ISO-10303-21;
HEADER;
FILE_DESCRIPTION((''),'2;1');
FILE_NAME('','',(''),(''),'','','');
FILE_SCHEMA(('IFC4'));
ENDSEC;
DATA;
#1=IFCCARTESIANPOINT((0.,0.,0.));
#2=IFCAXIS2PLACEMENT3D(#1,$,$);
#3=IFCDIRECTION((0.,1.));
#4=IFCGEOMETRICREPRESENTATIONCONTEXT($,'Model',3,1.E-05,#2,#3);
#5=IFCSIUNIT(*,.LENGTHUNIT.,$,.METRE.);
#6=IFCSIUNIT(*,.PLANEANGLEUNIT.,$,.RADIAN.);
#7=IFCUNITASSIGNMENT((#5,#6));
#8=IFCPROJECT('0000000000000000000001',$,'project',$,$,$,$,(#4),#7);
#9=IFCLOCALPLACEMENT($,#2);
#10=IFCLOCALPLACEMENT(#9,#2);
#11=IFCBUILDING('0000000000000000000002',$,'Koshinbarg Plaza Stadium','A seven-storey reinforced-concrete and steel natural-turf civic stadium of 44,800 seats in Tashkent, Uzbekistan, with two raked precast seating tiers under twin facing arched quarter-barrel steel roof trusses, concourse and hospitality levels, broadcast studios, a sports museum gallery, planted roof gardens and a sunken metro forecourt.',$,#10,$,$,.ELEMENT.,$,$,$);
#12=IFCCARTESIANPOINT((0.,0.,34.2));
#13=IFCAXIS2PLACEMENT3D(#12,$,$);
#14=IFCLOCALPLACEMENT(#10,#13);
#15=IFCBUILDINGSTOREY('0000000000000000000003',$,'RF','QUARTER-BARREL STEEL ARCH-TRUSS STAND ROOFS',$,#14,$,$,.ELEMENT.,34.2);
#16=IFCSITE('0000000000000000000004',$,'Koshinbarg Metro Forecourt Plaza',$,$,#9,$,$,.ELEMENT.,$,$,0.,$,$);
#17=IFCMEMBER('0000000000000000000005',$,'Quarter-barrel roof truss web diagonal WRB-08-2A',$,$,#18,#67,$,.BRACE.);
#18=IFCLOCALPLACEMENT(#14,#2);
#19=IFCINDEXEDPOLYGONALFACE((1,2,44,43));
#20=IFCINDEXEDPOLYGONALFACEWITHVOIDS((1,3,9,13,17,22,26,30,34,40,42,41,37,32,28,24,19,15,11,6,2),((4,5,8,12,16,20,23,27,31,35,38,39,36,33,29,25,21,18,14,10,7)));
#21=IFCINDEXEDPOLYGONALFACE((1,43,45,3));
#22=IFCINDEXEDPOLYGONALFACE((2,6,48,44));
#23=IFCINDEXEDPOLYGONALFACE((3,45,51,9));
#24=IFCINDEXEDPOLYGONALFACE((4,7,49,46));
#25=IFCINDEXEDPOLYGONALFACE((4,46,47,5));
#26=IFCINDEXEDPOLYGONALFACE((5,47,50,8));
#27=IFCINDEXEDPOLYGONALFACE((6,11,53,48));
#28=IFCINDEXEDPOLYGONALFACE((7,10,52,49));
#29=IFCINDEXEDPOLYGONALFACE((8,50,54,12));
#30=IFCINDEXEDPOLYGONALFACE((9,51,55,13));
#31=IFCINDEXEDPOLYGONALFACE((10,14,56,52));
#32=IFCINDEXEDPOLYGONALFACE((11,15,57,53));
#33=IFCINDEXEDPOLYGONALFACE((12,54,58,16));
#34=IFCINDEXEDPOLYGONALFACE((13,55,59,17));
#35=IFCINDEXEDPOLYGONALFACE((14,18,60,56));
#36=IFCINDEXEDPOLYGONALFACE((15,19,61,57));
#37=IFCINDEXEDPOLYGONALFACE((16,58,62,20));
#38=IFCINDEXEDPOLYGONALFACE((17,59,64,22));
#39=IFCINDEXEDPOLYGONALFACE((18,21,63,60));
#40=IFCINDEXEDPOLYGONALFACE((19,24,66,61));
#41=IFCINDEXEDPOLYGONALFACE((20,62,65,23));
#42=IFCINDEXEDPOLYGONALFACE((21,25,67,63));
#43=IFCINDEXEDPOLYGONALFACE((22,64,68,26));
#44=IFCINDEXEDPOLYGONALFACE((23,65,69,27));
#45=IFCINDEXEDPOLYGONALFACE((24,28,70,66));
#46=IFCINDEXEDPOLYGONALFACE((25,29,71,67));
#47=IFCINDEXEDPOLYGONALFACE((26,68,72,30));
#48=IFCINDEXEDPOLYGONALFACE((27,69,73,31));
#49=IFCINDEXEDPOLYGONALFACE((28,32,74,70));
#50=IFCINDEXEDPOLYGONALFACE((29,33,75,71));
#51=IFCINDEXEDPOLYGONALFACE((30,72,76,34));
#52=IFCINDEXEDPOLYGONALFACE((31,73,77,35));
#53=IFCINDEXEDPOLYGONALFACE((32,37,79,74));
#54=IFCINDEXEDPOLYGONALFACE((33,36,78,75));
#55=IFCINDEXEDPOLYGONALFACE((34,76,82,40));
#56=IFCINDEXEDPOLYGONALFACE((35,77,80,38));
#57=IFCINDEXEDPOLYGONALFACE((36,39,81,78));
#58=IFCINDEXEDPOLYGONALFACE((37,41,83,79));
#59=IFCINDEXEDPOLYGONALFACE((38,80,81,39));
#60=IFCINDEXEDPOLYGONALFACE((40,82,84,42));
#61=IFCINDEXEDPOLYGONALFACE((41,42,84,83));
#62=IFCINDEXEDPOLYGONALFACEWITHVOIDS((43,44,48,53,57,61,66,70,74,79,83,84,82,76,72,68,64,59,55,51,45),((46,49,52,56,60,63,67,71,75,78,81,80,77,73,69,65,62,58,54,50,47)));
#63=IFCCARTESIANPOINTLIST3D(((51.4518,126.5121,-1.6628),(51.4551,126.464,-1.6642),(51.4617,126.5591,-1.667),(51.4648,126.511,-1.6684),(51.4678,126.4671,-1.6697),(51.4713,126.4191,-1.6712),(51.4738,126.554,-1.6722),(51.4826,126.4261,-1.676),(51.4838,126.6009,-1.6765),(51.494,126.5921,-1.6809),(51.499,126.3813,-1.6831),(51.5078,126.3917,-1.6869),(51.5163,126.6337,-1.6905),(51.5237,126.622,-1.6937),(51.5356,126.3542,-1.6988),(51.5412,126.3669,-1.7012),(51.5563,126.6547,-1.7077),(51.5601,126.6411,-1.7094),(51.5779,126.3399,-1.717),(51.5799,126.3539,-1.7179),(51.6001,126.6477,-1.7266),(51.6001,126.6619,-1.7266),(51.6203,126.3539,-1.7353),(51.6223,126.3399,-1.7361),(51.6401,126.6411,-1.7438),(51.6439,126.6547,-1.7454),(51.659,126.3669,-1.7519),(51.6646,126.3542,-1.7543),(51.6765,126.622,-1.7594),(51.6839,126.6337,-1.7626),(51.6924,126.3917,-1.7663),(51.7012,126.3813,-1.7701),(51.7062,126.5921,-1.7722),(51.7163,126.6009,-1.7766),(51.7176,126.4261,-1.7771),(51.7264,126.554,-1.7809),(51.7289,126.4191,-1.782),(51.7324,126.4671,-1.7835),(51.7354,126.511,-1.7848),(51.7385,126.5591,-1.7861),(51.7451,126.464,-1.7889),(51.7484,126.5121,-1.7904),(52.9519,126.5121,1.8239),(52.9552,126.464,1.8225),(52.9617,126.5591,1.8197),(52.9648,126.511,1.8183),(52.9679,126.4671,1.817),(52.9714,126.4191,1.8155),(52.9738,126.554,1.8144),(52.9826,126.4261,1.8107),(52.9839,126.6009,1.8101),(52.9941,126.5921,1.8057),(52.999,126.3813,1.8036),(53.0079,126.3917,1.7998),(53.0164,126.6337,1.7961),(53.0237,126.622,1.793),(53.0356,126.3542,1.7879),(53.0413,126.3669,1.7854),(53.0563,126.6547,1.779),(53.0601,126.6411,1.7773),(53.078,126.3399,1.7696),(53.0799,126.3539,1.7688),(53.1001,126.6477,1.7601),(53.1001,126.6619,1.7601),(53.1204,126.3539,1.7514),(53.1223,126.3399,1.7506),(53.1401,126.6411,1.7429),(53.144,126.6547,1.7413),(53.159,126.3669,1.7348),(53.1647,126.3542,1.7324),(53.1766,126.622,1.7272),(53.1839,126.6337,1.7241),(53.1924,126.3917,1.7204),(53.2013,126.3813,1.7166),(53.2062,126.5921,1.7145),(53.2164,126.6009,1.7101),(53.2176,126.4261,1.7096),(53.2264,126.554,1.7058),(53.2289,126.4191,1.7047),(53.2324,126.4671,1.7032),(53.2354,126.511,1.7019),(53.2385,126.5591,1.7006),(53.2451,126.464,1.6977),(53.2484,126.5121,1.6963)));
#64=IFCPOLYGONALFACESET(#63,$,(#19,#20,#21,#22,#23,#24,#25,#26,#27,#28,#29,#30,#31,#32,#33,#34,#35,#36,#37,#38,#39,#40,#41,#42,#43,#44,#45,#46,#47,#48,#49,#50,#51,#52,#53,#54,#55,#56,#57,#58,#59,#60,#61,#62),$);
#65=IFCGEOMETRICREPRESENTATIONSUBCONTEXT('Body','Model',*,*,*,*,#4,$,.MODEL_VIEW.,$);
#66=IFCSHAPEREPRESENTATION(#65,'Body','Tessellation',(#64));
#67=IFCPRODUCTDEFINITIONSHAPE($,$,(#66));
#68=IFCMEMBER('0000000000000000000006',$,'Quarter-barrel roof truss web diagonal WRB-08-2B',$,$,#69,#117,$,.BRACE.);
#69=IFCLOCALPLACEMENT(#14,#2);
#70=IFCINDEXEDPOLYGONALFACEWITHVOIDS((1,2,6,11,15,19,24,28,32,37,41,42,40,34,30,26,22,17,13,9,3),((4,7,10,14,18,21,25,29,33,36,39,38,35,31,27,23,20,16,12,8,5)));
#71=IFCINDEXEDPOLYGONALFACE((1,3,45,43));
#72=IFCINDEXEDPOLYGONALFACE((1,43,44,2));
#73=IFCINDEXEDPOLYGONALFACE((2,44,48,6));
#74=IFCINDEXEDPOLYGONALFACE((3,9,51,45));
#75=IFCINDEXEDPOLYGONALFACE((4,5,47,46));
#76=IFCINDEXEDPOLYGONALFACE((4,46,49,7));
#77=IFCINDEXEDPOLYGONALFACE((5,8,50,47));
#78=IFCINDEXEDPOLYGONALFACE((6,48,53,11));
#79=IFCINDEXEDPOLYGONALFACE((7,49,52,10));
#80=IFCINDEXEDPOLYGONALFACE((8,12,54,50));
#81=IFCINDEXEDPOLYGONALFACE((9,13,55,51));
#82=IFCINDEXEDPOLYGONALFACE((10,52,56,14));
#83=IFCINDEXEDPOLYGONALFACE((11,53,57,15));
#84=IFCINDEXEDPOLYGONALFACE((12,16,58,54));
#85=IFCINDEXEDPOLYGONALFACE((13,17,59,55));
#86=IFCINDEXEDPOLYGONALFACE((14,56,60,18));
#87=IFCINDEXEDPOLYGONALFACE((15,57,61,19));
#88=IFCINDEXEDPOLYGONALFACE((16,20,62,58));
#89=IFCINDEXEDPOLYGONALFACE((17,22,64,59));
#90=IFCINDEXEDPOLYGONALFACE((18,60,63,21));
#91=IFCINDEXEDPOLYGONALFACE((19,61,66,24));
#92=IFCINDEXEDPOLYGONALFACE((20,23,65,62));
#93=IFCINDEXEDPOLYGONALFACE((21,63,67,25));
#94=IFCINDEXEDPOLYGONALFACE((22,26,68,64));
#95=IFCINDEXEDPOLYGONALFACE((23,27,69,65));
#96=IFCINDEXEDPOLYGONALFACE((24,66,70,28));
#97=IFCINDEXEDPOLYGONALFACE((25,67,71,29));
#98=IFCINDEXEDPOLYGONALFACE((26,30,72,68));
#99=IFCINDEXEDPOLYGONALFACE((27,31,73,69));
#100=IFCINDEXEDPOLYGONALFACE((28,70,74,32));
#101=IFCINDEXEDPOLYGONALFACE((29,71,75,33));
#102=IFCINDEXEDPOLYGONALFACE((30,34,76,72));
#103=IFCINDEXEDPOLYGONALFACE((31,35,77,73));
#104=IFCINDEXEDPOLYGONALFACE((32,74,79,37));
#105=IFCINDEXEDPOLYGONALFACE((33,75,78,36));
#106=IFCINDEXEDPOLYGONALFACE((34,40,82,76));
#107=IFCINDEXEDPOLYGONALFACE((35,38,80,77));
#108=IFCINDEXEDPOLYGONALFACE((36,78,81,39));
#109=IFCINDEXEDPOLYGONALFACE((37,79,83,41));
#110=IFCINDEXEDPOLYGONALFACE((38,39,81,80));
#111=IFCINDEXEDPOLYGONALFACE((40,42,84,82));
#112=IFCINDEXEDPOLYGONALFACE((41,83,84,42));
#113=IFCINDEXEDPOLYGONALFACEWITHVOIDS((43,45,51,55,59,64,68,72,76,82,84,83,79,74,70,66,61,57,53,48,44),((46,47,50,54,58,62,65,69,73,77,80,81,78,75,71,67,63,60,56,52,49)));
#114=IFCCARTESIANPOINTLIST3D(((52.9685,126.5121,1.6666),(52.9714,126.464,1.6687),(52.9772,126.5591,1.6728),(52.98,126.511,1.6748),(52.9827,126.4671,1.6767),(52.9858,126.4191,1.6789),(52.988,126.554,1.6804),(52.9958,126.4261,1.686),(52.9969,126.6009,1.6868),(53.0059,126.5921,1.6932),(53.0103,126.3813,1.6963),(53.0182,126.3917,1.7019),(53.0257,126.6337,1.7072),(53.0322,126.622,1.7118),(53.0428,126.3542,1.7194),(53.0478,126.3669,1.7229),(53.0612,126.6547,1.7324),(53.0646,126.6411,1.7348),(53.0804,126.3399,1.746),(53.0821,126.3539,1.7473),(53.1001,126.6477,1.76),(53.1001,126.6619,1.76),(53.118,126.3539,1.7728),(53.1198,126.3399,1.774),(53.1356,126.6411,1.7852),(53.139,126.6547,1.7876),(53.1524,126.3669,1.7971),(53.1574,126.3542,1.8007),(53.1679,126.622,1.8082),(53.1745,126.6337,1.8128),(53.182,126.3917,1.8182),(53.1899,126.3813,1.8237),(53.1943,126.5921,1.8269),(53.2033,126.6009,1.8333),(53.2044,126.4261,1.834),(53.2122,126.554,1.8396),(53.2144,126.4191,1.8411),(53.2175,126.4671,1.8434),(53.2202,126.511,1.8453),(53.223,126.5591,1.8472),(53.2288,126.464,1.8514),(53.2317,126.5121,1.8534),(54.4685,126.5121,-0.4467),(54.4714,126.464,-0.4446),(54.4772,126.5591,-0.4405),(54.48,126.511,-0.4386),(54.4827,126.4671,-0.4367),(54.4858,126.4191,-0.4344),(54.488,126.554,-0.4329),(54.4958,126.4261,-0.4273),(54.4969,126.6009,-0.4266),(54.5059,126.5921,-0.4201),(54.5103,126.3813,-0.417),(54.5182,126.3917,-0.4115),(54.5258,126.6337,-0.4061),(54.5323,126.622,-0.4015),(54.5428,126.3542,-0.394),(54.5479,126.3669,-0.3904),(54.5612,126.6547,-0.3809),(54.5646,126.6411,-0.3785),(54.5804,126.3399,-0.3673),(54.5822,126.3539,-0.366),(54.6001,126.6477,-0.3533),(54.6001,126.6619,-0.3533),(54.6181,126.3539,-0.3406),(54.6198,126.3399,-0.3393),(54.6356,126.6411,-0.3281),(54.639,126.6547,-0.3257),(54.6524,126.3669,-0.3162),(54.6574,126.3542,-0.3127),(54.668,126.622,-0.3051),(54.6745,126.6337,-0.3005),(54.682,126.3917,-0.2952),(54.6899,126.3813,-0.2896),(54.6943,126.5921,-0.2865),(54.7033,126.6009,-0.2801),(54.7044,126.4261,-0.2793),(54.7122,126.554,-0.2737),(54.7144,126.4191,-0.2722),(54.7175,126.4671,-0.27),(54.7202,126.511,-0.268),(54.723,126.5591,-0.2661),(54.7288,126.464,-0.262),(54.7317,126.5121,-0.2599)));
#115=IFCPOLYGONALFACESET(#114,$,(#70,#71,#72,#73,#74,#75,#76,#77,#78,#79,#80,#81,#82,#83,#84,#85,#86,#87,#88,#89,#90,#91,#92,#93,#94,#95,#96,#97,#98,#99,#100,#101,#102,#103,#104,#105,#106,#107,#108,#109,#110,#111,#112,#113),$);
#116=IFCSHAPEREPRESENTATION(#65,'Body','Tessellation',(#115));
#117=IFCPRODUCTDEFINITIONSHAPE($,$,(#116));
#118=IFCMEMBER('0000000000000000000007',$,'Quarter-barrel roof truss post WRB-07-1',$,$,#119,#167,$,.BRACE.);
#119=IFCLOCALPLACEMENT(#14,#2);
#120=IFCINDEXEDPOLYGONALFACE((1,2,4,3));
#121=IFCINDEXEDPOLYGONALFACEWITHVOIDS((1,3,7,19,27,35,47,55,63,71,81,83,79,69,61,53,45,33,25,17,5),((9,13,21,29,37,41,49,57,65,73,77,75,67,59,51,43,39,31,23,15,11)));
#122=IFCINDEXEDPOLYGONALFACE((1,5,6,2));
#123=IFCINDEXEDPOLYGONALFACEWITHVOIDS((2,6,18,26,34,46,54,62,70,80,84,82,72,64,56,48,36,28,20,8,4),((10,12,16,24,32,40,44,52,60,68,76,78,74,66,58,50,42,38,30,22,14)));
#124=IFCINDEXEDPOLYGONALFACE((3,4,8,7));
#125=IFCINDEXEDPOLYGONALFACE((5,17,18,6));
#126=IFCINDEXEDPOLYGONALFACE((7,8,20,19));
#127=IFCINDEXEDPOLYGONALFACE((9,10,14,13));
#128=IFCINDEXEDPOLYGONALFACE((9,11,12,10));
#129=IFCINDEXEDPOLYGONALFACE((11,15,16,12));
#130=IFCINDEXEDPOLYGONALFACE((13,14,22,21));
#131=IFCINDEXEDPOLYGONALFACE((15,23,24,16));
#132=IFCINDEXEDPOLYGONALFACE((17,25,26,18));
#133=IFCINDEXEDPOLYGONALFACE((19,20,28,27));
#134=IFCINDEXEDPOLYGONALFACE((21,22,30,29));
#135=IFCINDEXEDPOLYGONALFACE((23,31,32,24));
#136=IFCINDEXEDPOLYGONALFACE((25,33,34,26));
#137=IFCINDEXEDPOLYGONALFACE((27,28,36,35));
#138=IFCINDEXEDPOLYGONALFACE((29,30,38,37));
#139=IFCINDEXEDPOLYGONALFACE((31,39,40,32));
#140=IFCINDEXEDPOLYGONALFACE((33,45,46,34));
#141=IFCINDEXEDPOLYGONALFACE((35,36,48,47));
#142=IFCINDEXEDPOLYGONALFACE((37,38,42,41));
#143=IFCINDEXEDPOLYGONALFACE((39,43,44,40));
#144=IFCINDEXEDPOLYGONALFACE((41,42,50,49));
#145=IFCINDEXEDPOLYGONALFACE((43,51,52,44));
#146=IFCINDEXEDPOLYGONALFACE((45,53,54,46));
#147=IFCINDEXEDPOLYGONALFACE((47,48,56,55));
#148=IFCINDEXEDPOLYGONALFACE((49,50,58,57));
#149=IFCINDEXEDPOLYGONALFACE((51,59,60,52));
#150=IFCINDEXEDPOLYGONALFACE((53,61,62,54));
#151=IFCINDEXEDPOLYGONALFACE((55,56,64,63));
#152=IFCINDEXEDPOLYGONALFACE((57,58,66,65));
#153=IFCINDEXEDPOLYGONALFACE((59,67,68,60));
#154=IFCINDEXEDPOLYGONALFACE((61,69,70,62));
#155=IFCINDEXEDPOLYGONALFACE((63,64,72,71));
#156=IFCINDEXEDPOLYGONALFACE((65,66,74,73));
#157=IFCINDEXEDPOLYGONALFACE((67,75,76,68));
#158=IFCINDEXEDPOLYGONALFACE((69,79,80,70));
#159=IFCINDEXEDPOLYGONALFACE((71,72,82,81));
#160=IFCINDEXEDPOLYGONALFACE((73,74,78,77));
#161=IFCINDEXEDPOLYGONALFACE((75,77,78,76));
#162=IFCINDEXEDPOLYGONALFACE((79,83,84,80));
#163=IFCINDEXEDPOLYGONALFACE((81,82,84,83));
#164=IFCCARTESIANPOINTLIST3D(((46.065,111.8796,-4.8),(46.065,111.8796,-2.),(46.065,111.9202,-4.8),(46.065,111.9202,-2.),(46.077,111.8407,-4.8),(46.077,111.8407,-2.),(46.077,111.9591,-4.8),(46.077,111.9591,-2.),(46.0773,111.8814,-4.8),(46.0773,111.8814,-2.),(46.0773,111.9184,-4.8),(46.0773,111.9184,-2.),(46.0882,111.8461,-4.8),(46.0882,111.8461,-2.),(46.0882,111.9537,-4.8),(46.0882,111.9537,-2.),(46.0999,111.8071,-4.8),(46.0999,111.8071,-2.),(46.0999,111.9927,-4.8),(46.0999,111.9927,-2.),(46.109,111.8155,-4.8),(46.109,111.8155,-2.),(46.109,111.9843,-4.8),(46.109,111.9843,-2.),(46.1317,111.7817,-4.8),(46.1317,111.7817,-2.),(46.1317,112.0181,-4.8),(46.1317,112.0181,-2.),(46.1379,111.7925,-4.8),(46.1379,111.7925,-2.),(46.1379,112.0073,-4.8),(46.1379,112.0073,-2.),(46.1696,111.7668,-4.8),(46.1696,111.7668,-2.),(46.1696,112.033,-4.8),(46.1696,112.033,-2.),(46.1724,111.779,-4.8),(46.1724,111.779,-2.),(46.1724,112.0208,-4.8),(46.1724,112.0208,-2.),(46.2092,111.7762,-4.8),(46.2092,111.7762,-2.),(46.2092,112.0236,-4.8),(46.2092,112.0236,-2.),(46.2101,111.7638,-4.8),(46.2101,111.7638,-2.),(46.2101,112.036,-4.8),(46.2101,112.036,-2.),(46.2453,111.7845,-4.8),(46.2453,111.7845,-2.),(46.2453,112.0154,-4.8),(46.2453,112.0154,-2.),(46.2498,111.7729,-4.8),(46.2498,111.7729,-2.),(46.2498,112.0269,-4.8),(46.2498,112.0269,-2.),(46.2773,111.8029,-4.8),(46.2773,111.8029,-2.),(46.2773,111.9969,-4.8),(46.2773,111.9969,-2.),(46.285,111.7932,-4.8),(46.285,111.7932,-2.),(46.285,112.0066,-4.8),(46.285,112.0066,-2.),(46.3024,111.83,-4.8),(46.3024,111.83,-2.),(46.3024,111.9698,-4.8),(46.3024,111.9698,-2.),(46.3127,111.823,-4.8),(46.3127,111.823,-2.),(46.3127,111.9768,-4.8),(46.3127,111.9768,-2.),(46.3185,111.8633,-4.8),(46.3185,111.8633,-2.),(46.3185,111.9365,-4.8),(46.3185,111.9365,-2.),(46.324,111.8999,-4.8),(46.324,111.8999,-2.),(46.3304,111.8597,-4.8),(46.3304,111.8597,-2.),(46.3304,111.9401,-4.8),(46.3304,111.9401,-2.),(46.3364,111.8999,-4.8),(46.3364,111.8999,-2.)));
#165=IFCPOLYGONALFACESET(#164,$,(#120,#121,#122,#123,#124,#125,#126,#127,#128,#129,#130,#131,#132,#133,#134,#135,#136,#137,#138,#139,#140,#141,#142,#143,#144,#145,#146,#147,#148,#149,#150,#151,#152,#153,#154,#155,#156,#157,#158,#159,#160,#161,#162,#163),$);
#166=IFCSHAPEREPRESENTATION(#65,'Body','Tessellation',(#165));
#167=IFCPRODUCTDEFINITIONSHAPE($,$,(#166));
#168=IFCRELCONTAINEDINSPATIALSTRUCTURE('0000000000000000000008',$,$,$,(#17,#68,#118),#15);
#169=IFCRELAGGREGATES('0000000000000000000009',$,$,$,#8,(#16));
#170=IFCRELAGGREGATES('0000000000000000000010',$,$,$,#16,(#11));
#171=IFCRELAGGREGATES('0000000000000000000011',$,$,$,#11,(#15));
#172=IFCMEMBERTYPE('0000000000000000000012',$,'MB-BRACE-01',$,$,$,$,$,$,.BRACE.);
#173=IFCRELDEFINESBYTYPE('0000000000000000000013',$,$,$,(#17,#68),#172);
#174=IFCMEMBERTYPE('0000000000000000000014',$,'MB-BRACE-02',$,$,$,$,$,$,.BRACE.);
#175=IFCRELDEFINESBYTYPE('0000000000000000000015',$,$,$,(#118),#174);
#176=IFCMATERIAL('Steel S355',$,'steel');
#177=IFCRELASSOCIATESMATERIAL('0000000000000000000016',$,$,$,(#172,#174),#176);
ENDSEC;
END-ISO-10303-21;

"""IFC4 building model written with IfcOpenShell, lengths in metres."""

from ifc_helpers import new_model, si_unit, direction, frame, origin, origin_2d, place, context, subcontext, project, spatial, hollow_circle, extrude, material, material_profile, profile_set, type_object, element, save


model = new_model("IFC4")

# Units and contexts
model_context = context("Model", 3, precision=1e-05, world=origin(), true_north=direction((0.0, 1.0)))
body_context = subcontext(model_context, "Body", "Model", "MODEL_VIEW")
ifc_project = project(units=[si_unit("LENGTHUNIT", "METRE"), si_unit("PLANEANGLEUNIT", "RADIAN")], contexts=[model_context])

# Site, building, storey
site_placement = place(None, origin())
site = spatial("IfcSite", under=ifc_project, at=site_placement, Name="Koshinbarg Metro Forecourt Plaza", CompositionType="ELEMENT", RefElevation=0.0)
building_placement = place(site_placement, origin())
building = spatial("IfcBuilding", under=site, at=building_placement, Name="Koshinbarg Plaza Stadium", Description="A seven-storey reinforced-concrete and steel natural-turf civic stadium of 44,800 seats in Tashkent, Uzbekistan, with two raked precast seating tiers under twin facing arched quarter-barrel steel roof trusses, concourse and hospitality levels, broadcast studios, a sports museum gallery, planted roof gardens and a sunken metro forecourt.", CompositionType="ELEMENT")
storey_placement = place(building_placement, frame((0.0, 0.0, 34.2)))
storey = spatial("IfcBuildingStorey", under=building, at=storey_placement, Name="RF", Description="QUARTER-BARREL STEEL ARCH-TRUSS STAND ROOFS", CompositionType="ELEMENT", Elevation=34.2)

# Shared definitions
ifc_material_1 = material(Name="Steel S355", Category="steel")

# Members
ifc_material_profile_1 = material_profile(ifc_material_1, hollow_circle(Radius=0.1619, WallThickness=0.0142, at=origin_2d()), Name="CHS 323.9x14.2")
ifc_profile_set_1 = profile_set([ifc_material_profile_1], Name="Steel S355")
member_type_1 = type_object("IfcMemberType", Name="MB-BRACE-01", PredefinedType="BRACE", material=ifc_profile_set_1)
member_1_placement = place(storey_placement, frame((51.6001, 126.5, -1.7266), z_axis=(0.3952, 0.0, 0.918595), x_axis=(0.0, 1.0, 0.0)))
element("IfcMember", 1, at=member_1_placement, inside=storey, type_object=member_type_1, Name="Quarter-barrel roof truss web diagonal WRB-08-2A", PredefinedType="BRACE", context=body_context, shape_type="SweptSolid", body=[
    extrude(hollow_circle(Radius=0.1619, WallThickness=0.0142, at=origin_2d()), origin(), (0.0, 0.0, 1.0), 3.7957),
])
member_2_placement = place(storey_placement, frame((53.1001, 126.5, 1.76), z_axis=(0.578812, 0.0, -0.815461), x_axis=(0.0, 1.0, 0.0)))
element("IfcMember", 2, at=member_2_placement, inside=storey, type_object=member_type_1, Name="Quarter-barrel roof truss web diagonal WRB-08-2B", PredefinedType="BRACE", context=body_context, shape_type="SweptSolid", body=[
    extrude(hollow_circle(Radius=0.1619, WallThickness=0.0142, at=origin_2d()), origin(), (0.0, 0.0, 1.0), 2.5916),
])
ifc_material_profile_2 = material_profile(ifc_material_1, hollow_circle(Radius=0.1365, WallThickness=0.0125, at=origin_2d()), Name="CHS 273x12.5")
ifc_profile_set_2 = profile_set([ifc_material_profile_2], Name="Steel S355")
member_type_2 = type_object("IfcMemberType", Name="MB-BRACE-02", PredefinedType="BRACE", material=ifc_profile_set_2)
for number, where, z_axis, x_axis, name in (
    (3, (46.2, 111.8999, -4.8), (0.0, 0.0, 1.0), (1.0, 0.0, 0.0), "Quarter-barrel roof truss post WRB-07-1"),
):
    element("IfcMember", number, at=place(storey_placement, frame(where, z_axis=z_axis, x_axis=x_axis)), inside=storey, type_object=member_type_2, Name=name, PredefinedType="BRACE", context=body_context, shape_type="SweptSolid", body=[
        extrude(hollow_circle(Radius=0.1365, WallThickness=0.0125, at=origin_2d()), origin(), (0.0, 0.0, 1.0), 2.8),
    ])

save(model, "model.ifc")
